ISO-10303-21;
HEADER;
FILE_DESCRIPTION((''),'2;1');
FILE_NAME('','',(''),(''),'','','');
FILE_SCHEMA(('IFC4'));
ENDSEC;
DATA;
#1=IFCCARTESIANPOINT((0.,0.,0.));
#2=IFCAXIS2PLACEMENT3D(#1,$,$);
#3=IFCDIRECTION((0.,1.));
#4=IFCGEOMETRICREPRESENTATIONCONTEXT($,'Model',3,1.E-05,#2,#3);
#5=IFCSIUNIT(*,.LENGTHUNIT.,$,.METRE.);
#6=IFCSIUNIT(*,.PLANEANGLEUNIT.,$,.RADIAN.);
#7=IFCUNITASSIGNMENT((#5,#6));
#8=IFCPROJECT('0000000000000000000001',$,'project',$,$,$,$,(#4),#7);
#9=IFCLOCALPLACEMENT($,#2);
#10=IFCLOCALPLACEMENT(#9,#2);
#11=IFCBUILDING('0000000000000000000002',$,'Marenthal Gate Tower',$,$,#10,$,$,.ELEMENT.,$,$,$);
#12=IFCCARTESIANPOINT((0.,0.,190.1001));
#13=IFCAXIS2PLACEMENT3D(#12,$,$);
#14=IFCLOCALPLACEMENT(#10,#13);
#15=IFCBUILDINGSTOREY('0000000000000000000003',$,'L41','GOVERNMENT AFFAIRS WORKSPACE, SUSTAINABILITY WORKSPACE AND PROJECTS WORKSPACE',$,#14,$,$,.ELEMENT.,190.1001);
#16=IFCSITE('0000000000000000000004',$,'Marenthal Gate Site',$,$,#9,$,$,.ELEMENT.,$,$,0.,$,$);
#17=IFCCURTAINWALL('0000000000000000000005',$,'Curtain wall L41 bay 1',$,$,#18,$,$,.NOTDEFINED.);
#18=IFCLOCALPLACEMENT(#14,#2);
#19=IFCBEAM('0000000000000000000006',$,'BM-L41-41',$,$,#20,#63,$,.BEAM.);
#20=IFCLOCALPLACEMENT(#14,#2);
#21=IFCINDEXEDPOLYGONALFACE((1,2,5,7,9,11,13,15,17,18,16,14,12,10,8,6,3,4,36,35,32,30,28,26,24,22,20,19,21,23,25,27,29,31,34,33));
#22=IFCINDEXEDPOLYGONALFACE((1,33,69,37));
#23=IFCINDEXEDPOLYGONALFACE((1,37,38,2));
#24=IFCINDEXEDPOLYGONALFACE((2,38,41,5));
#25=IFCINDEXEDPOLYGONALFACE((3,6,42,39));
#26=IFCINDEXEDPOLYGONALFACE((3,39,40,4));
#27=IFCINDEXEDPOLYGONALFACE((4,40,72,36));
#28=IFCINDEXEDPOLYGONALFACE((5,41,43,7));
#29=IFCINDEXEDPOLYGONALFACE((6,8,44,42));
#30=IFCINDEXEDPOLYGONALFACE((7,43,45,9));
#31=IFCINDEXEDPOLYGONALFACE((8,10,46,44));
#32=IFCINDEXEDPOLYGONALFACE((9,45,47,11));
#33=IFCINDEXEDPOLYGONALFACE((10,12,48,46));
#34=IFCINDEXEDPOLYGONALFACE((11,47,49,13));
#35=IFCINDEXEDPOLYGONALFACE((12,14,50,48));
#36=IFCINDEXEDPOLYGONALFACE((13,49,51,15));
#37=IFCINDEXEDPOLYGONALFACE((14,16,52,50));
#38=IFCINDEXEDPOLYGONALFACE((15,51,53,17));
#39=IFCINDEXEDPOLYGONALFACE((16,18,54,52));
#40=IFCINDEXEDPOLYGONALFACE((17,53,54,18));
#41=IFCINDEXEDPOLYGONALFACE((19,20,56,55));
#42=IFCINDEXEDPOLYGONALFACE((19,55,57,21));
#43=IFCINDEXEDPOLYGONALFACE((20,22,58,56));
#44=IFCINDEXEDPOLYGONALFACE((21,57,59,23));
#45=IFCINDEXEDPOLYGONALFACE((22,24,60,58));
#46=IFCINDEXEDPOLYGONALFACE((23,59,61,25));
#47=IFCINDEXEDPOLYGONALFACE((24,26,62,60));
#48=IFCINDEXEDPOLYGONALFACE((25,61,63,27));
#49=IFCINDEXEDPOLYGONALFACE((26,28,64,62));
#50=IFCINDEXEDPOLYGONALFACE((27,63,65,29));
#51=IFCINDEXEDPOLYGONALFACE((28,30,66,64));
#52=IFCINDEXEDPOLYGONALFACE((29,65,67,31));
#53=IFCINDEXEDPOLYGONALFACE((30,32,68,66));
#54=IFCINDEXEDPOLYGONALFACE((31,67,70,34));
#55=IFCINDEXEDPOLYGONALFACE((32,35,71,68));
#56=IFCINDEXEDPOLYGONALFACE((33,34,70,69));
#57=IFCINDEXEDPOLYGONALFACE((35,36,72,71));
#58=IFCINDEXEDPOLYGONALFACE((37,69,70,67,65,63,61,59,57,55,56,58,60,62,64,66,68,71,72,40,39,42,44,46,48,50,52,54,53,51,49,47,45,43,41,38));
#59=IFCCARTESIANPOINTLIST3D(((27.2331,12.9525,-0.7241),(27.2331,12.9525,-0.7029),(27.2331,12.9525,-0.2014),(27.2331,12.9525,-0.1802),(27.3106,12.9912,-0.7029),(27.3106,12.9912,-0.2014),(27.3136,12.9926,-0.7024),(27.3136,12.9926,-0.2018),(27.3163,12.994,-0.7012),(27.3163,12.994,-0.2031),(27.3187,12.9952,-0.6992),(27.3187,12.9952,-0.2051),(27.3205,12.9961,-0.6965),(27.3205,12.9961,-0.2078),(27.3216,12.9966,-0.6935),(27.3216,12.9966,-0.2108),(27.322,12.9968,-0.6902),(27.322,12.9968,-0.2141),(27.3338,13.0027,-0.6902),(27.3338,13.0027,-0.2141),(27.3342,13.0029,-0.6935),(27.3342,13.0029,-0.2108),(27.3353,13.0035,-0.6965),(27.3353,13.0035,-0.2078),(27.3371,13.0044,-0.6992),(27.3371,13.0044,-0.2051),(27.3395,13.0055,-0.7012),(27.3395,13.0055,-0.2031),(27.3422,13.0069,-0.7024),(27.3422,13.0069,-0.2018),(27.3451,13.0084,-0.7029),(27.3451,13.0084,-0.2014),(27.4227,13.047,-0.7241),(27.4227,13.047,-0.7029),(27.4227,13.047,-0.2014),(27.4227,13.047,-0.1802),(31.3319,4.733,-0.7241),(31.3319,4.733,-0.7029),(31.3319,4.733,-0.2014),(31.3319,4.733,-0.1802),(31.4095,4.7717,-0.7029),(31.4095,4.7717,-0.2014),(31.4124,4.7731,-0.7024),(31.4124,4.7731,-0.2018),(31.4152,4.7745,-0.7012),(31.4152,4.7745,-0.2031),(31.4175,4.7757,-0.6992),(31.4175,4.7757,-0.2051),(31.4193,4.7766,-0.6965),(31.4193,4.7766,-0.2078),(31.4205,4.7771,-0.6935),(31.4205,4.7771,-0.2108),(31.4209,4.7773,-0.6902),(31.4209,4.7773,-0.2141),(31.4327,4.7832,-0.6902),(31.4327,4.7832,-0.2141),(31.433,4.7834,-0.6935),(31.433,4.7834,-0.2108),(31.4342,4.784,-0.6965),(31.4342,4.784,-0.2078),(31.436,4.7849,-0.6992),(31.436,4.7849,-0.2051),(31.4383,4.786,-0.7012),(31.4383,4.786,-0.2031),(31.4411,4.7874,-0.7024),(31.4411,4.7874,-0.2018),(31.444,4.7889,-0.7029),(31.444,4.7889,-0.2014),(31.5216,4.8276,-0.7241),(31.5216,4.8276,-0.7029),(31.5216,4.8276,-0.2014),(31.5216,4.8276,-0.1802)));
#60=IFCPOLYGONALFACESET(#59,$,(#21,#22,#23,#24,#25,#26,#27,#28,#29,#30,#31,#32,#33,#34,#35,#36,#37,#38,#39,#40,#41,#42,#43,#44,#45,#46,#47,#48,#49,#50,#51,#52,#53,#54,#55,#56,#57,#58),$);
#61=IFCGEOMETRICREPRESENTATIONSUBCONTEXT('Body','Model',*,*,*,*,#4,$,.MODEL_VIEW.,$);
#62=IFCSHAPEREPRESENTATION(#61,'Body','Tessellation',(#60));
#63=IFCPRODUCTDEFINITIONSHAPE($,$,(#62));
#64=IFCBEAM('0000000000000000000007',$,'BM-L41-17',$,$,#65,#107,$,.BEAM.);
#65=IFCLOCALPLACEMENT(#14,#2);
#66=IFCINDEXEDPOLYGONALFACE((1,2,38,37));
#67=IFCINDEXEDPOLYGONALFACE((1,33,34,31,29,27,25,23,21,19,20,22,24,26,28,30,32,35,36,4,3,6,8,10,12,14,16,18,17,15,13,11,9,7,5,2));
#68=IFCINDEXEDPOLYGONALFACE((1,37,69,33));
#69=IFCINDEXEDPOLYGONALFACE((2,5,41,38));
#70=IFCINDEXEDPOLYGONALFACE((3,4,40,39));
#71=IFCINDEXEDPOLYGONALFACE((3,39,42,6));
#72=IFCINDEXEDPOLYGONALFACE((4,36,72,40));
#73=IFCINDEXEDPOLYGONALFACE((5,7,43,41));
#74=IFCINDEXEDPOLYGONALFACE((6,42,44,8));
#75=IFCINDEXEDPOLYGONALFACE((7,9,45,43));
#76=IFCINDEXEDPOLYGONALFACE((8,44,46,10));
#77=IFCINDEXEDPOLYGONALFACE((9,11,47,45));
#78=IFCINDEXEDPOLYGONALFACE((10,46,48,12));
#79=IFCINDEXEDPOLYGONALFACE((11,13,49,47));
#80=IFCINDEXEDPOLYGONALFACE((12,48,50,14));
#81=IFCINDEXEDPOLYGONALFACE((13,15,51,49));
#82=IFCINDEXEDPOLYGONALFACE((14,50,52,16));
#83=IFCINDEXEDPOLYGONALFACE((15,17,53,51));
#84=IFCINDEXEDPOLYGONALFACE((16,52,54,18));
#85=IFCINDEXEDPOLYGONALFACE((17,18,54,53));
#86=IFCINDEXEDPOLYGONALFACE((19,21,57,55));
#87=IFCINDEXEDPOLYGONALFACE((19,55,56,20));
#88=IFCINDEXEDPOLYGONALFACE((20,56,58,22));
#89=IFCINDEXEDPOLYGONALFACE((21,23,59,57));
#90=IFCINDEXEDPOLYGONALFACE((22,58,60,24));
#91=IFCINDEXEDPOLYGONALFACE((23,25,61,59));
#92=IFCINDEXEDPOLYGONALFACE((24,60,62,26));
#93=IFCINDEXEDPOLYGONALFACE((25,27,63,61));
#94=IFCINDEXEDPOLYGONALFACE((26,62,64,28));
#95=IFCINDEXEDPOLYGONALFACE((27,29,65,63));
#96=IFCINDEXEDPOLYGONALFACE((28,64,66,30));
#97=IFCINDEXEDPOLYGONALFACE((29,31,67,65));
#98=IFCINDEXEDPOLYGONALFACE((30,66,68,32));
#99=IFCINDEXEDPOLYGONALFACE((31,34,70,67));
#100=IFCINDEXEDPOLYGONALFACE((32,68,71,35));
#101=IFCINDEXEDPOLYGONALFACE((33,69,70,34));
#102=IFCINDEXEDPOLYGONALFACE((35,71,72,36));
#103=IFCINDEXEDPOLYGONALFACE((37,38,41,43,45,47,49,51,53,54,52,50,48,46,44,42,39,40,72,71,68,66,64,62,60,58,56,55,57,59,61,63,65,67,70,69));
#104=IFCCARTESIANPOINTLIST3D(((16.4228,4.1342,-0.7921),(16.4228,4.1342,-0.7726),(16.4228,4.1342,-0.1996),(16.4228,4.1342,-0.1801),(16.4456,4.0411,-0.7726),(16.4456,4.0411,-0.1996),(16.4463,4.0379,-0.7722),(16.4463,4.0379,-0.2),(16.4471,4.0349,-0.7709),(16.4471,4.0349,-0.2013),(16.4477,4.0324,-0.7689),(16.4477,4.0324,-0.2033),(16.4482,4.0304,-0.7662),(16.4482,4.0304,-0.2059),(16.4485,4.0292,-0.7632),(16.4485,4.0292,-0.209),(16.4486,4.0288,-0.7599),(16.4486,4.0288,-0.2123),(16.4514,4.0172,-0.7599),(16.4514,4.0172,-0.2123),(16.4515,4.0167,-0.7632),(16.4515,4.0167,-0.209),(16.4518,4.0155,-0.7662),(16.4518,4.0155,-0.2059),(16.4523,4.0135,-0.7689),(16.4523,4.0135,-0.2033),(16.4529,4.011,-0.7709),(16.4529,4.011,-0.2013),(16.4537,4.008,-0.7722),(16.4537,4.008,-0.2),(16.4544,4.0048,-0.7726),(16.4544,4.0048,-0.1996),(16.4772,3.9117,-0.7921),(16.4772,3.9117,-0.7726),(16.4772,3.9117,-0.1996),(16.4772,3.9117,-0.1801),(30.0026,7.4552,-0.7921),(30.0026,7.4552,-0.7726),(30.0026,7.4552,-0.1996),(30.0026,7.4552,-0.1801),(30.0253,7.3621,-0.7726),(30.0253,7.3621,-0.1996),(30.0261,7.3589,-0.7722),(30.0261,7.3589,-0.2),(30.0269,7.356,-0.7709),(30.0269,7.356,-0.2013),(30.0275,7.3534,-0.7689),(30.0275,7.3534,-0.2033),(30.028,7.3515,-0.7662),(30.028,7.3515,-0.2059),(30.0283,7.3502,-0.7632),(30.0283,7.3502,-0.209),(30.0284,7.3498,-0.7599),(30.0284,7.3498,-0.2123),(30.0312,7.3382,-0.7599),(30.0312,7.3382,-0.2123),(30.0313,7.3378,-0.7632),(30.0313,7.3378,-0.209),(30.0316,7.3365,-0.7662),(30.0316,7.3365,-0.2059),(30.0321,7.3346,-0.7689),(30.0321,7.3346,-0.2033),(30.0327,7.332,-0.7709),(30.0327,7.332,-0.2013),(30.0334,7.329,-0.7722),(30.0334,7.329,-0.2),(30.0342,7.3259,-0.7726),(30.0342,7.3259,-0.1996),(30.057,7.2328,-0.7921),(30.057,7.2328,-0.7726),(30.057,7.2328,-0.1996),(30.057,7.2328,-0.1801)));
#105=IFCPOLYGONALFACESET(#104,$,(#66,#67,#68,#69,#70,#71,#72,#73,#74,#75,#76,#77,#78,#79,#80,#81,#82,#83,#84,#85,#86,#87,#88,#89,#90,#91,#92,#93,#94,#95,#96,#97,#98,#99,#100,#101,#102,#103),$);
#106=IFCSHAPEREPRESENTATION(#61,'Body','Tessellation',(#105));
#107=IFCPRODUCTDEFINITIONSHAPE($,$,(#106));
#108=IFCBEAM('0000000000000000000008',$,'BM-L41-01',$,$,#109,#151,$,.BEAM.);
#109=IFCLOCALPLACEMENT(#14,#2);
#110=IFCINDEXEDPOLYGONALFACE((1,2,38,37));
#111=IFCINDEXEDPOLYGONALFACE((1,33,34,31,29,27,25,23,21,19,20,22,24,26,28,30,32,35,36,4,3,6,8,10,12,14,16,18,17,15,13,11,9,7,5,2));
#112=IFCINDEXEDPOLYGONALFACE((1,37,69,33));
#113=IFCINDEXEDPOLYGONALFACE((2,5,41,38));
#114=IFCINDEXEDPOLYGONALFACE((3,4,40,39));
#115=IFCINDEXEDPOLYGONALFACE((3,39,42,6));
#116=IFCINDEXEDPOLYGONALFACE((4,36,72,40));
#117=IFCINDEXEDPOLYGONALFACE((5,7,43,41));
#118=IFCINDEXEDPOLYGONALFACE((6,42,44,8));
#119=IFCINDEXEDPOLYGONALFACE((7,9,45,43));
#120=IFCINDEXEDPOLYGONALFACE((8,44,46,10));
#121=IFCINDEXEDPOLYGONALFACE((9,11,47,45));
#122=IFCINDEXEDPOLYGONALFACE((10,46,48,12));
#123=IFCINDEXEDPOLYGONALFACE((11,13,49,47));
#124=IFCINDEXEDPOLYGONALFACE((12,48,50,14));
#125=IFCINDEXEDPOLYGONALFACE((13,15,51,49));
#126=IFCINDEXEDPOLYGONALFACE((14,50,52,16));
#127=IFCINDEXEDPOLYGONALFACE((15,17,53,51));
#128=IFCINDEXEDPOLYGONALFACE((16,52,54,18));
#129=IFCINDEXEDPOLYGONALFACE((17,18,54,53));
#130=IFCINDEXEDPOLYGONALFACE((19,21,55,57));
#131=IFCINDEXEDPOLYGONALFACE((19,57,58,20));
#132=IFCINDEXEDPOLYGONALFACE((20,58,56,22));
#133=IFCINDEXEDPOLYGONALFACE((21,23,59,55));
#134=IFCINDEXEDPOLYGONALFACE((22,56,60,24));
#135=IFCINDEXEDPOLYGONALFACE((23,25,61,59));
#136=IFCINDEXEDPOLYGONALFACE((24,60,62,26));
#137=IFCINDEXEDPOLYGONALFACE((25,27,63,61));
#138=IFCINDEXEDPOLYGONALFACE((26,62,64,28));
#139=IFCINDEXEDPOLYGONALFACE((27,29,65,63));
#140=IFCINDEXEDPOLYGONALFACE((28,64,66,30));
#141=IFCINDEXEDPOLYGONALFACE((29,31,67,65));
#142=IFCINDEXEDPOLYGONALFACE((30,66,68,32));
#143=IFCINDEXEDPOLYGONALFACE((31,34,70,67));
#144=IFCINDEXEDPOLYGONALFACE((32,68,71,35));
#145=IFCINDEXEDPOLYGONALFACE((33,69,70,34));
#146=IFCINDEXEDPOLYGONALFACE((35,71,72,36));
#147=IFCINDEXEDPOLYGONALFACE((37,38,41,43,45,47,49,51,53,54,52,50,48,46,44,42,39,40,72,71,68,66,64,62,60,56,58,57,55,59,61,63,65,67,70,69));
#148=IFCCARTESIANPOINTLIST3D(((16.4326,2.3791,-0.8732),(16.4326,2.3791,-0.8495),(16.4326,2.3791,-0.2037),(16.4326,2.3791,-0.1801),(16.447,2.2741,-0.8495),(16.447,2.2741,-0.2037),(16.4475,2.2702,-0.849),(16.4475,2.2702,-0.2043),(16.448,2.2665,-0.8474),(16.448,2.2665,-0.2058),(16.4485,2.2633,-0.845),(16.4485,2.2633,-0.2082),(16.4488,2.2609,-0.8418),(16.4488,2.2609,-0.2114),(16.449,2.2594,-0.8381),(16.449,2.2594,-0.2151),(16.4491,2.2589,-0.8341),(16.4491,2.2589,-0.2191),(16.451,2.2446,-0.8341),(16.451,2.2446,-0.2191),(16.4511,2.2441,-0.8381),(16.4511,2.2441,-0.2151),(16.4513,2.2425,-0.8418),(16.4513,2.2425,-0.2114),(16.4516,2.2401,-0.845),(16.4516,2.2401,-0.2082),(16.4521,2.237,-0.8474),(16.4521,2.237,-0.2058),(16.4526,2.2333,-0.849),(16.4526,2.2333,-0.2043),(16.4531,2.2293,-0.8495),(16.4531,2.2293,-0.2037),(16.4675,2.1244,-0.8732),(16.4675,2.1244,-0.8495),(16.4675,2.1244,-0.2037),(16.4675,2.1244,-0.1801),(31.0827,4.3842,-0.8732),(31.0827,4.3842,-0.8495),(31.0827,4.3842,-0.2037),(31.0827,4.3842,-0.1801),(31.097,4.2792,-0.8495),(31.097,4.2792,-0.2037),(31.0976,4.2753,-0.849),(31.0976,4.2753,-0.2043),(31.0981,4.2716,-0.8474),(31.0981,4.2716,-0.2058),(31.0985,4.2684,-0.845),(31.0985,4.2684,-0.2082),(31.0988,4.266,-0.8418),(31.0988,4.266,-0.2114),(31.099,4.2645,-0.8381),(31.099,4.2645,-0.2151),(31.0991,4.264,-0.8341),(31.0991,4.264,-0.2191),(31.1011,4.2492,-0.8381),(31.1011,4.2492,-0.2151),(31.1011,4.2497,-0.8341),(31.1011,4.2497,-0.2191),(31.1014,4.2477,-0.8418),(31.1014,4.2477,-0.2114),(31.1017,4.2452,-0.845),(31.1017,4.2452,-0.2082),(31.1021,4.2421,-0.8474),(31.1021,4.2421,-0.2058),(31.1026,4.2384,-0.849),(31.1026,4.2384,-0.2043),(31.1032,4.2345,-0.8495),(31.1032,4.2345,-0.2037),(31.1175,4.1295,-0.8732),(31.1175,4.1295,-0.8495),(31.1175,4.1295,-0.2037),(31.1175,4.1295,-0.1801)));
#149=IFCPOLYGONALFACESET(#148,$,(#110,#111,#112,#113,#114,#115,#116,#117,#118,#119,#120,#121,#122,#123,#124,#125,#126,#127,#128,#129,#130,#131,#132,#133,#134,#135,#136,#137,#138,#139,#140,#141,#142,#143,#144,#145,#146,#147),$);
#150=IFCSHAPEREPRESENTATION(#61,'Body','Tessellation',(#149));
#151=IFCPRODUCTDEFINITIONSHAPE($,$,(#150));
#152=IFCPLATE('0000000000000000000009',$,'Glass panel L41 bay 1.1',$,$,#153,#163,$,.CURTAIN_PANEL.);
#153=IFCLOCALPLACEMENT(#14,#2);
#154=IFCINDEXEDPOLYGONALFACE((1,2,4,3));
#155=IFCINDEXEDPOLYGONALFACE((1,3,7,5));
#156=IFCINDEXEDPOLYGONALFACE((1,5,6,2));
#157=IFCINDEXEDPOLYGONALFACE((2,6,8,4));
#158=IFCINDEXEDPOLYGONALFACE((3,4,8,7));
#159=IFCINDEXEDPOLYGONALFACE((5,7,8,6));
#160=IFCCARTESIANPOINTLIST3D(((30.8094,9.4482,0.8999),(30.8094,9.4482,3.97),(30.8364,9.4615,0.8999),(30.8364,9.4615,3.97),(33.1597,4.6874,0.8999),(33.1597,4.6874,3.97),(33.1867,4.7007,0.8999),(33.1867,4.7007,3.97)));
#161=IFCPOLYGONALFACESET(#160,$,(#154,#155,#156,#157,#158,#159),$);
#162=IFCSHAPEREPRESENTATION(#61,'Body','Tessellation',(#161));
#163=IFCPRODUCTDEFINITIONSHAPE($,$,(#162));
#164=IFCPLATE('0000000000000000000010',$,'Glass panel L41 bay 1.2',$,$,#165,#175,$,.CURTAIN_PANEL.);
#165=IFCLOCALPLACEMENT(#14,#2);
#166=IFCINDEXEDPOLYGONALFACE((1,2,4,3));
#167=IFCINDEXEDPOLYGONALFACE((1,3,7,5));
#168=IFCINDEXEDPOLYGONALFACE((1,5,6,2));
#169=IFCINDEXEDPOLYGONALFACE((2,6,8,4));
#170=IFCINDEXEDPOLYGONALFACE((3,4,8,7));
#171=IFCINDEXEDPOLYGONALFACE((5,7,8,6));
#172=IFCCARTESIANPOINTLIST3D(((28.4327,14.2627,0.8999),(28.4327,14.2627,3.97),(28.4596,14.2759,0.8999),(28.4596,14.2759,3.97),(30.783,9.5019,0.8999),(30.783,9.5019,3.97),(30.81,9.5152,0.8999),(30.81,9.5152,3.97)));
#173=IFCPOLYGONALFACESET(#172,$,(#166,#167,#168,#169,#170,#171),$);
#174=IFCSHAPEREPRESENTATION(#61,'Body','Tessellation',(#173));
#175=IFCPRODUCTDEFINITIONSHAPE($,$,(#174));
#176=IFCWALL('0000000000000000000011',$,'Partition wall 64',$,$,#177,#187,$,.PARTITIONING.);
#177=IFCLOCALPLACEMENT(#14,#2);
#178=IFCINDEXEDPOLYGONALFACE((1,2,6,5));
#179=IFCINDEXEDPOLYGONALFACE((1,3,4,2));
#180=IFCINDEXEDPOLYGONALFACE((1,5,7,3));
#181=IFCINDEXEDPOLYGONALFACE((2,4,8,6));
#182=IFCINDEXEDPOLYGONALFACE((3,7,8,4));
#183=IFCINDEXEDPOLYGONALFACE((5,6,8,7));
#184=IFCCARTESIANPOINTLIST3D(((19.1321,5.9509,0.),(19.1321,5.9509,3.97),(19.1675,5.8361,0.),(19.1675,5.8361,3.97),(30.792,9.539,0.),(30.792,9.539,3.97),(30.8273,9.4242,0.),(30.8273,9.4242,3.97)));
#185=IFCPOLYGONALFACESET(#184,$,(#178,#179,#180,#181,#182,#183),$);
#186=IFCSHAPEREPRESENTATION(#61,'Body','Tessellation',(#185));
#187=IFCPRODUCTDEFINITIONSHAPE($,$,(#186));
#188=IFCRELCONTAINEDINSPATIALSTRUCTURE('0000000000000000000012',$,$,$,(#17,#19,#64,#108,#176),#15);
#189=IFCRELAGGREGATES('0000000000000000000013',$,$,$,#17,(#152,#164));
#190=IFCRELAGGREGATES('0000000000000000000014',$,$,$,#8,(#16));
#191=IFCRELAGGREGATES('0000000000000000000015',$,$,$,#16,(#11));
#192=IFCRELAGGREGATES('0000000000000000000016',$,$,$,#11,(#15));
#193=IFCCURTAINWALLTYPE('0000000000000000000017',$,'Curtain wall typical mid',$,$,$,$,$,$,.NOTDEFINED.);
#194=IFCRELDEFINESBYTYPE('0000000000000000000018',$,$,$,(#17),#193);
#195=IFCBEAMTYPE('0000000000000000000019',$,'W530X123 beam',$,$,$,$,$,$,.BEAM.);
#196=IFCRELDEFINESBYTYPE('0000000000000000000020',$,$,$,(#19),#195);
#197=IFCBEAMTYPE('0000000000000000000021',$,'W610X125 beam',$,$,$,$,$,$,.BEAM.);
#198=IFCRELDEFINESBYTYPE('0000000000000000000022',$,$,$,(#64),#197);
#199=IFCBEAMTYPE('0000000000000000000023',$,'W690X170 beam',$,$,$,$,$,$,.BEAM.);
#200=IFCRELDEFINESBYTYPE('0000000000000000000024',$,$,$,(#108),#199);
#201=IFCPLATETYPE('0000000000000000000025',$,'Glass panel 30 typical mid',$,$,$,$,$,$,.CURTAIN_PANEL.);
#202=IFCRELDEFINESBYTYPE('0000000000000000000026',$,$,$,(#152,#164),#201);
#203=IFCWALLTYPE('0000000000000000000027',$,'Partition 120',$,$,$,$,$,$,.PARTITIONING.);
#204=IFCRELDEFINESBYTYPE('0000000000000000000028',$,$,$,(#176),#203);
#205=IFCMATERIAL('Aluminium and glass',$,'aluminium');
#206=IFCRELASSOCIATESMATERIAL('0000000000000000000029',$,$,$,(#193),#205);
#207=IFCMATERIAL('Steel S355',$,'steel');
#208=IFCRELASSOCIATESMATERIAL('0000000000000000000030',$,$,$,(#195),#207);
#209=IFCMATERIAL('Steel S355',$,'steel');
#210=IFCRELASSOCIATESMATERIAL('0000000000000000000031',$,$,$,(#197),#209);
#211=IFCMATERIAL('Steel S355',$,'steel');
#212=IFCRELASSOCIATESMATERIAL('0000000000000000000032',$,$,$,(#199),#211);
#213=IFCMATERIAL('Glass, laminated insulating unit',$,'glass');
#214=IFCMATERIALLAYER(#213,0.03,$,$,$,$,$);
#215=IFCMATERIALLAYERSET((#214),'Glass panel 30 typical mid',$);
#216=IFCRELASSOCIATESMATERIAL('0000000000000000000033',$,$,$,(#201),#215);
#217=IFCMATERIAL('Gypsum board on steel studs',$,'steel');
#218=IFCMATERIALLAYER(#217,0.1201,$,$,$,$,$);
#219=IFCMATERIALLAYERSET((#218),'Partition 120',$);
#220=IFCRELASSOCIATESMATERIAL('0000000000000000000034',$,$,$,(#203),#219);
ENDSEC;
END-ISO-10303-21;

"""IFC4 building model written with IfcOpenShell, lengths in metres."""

from ifc_helpers import new_model, si_unit, direction, frame, frame_2d, origin, origin_2d, place, context, subcontext, project, spatial, rectangle, i_section, extrude, material, layer, layer_set, material_profile, profile_set, type_object, element, aggregate, save


model = new_model("IFC4")

# Units and contexts
model_context = context("Model", 3, precision=1e-05, world=origin(), true_north=direction((0.0, 1.0)))
body_context = subcontext(model_context, "Body", "Model", "MODEL_VIEW")
ifc_project = project(units=[si_unit("LENGTHUNIT", "METRE"), si_unit("PLANEANGLEUNIT", "RADIAN")], contexts=[model_context])

# Site, building, storey
site_placement = place(None, origin())
site = spatial("IfcSite", under=ifc_project, at=site_placement, Name="Marenthal Gate Site", CompositionType="ELEMENT", RefElevation=0.0)
building_placement = place(site_placement, origin())
building = spatial("IfcBuilding", under=site, at=building_placement, Name="Marenthal Gate Tower", CompositionType="ELEMENT")
storey_placement = place(building_placement, frame((0.0, 0.0, 190.1001)))
storey = spatial("IfcBuildingStorey", under=building, at=storey_placement, Name="L41", Description="GOVERNMENT AFFAIRS WORKSPACE, SUSTAINABILITY WORKSPACE AND PROJECTS WORKSPACE", CompositionType="ELEMENT", Elevation=190.1001)

# Curtain wall
ifc_material_1 = material(Name="Aluminium and glass", Category="aluminium")
curtain_wall_type = type_object("IfcCurtainWallType", Name="Curtain wall typical mid", PredefinedType="NOTDEFINED", material=ifc_material_1)
curtain_wall_placement = place(storey_placement, origin())
curtain_wall = element("IfcCurtainWall", 1, at=curtain_wall_placement, inside=storey, type_object=curtain_wall_type, Name="Curtain wall L41 bay 1", PredefinedType="NOTDEFINED")

# Beams
ifc_material_2 = material(Name="Steel S355", Category="steel")
ifc_material_profile_1 = material_profile(ifc_material_2, i_section(OverallWidth=0.2119, OverallDepth=0.5439, WebThickness=0.0132, FlangeThickness=0.0212, FilletRadius=0.0127, at=origin_2d()), Name="W530X123")
ifc_profile_set_1 = profile_set([ifc_material_profile_1], Name="Steel S355")
beam_type_1 = type_object("IfcBeamType", Name="W530X123 beam", PredefinedType="BEAM", material=ifc_profile_set_1)
beam_1_placement = place(storey_placement, frame((31.4268, 4.7803, -0.4521), z_axis=(-0.446267, 0.8949, 0.0), x_axis=(-0.8949, -0.446267, 0.0)))
element("IfcBeam", 2, at=beam_1_placement, inside=storey, type_object=beam_type_1, Name="BM-L41-41", PredefinedType="BEAM", context=body_context, shape_type="SweptSolid", body=[
    extrude(i_section(OverallWidth=0.2119, OverallDepth=0.5439, WebThickness=0.0132, FlangeThickness=0.0212, FilletRadius=0.0127, at=origin_2d()), origin(), (0.0, 0.0, 1.0), 9.1848),
])
ifc_material_3 = material(Name="Steel S355", Category="steel")
ifc_material_profile_2 = material_profile(ifc_material_3, i_section(OverallWidth=0.229, OverallDepth=0.6121, WebThickness=0.012, FlangeThickness=0.0195, FilletRadius=0.0127, at=origin_2d()), Name="W610X125")
ifc_profile_set_2 = profile_set([ifc_material_profile_2], Name="Steel S355")
beam_type_2 = type_object("IfcBeamType", Name="W610X125 beam", PredefinedType="BEAM", material=ifc_profile_set_2)
beam_2_placement = place(storey_placement, frame((30.0298, 7.344, -0.4861), z_axis=(-0.971374, -0.237556, 0.0), x_axis=(0.237556, -0.971374, 0.0)))
element("IfcBeam", 3, at=beam_2_placement, inside=storey, type_object=beam_type_2, Name="BM-L41-17", PredefinedType="BEAM", context=body_context, shape_type="SweptSolid", body=[
    extrude(i_section(OverallWidth=0.229, OverallDepth=0.6121, WebThickness=0.012, FlangeThickness=0.0195, FilletRadius=0.0127, at=origin_2d()), origin(), (0.0, 0.0, 1.0), 13.98),
])
ifc_material_4 = material(Name="Steel S355", Category="steel")
ifc_material_profile_3 = material_profile(ifc_material_4, i_section(OverallWidth=0.2571, OverallDepth=0.6931, WebThickness=0.0144, FlangeThickness=0.0237, FilletRadius=0.0154, at=origin_2d()), Name="W690X170")
ifc_profile_set_3 = profile_set([ifc_material_profile_3], Name="Steel S355")
beam_type_3 = type_object("IfcBeamType", Name="W690X170 beam", PredefinedType="BEAM", material=ifc_profile_set_3)
beam_3_placement = place(storey_placement, frame((31.1001, 4.2568, -0.5266), z_axis=(-0.990763, -0.135603, 0.0), x_axis=(0.135603, -0.990763, 0.0)))
element("IfcBeam", 4, at=beam_3_placement, inside=storey, type_object=beam_type_3, Name="BM-L41-01", PredefinedType="BEAM", context=body_context, shape_type="SweptSolid", body=[
    extrude(i_section(OverallWidth=0.2571, OverallDepth=0.6931, WebThickness=0.0144, FlangeThickness=0.0237, FilletRadius=0.0154, at=origin_2d()), origin(), (0.0, 0.0, 1.0), 14.7866),
])

# Plates
ifc_material_5 = material(Name="Glass, laminated insulating unit", Category="glass")
ifc_layer_1 = layer(ifc_material_5, 0.03)
ifc_layer_set_1 = layer_set([ifc_layer_1], Name="Glass panel 30 typical mid")
plate_type = type_object("IfcPlateType", Name="Glass panel 30 typical mid", PredefinedType="CURTAIN_PANEL", material=ifc_layer_set_1)
plate_1_placement = place(storey_placement, frame((31.998, 7.0745, 0.8999), z_axis=(0.0, 0.0, 1.0), x_axis=(-0.442678, 0.896681, 0.0)))
plate_1 = element("IfcPlate", 5, at=plate_1_placement, type_object=plate_type, Name="Glass panel L41 bay 1.1", PredefinedType="CURTAIN_PANEL", context=body_context, shape_type="SweptSolid", body=[
    extrude(rectangle(XDim=5.3093, YDim=0.03, at=origin_2d()), origin(), (0.0, 0.0, 1.0), 3.0701),
])
plate_2_placement = place(storey_placement, frame((29.6213, 11.8889, 0.8999), z_axis=(0.0, 0.0, 1.0), x_axis=(-0.442678, 0.896681, 0.0)))
plate_2 = element("IfcPlate", 6, at=plate_2_placement, type_object=plate_type, Name="Glass panel L41 bay 1.2", PredefinedType="CURTAIN_PANEL", context=body_context, shape_type="SweptSolid", body=[
    extrude(rectangle(XDim=5.3093, YDim=0.03, at=origin_2d()), origin(), (0.0, 0.0, 1.0), 3.0701),
])
aggregate(curtain_wall, [plate_1, plate_2])

# Wall
ifc_material_6 = material(Name="Gypsum board on steel studs", Category="steel")
ifc_layer_2 = layer(ifc_material_6, 0.1201)
ifc_layer_set_2 = layer_set([ifc_layer_2], Name="Partition 120")
wall_type_1 = type_object("IfcWallType", Name="Partition 120", PredefinedType="PARTITIONING", material=ifc_layer_set_2)
wall_1_placement = place(storey_placement, frame((19.1499, 5.8936, 0.0), z_axis=(0.0, 0.0, 1.0), x_axis=(0.955768, 0.294121, 0.0)))
element("IfcWall", 7, at=wall_1_placement, inside=storey, type_object=wall_type_1, Name="Partition wall 64", PredefinedType="PARTITIONING", context=body_context, shape_type="SweptSolid", body=[
    extrude(rectangle(XDim=12.1995, YDim=0.1201, at=frame_2d((6.0996, 0.0))), origin(), (0.0, 0.0, 1.0), 3.97),
])

save(model, "model.ifc")
